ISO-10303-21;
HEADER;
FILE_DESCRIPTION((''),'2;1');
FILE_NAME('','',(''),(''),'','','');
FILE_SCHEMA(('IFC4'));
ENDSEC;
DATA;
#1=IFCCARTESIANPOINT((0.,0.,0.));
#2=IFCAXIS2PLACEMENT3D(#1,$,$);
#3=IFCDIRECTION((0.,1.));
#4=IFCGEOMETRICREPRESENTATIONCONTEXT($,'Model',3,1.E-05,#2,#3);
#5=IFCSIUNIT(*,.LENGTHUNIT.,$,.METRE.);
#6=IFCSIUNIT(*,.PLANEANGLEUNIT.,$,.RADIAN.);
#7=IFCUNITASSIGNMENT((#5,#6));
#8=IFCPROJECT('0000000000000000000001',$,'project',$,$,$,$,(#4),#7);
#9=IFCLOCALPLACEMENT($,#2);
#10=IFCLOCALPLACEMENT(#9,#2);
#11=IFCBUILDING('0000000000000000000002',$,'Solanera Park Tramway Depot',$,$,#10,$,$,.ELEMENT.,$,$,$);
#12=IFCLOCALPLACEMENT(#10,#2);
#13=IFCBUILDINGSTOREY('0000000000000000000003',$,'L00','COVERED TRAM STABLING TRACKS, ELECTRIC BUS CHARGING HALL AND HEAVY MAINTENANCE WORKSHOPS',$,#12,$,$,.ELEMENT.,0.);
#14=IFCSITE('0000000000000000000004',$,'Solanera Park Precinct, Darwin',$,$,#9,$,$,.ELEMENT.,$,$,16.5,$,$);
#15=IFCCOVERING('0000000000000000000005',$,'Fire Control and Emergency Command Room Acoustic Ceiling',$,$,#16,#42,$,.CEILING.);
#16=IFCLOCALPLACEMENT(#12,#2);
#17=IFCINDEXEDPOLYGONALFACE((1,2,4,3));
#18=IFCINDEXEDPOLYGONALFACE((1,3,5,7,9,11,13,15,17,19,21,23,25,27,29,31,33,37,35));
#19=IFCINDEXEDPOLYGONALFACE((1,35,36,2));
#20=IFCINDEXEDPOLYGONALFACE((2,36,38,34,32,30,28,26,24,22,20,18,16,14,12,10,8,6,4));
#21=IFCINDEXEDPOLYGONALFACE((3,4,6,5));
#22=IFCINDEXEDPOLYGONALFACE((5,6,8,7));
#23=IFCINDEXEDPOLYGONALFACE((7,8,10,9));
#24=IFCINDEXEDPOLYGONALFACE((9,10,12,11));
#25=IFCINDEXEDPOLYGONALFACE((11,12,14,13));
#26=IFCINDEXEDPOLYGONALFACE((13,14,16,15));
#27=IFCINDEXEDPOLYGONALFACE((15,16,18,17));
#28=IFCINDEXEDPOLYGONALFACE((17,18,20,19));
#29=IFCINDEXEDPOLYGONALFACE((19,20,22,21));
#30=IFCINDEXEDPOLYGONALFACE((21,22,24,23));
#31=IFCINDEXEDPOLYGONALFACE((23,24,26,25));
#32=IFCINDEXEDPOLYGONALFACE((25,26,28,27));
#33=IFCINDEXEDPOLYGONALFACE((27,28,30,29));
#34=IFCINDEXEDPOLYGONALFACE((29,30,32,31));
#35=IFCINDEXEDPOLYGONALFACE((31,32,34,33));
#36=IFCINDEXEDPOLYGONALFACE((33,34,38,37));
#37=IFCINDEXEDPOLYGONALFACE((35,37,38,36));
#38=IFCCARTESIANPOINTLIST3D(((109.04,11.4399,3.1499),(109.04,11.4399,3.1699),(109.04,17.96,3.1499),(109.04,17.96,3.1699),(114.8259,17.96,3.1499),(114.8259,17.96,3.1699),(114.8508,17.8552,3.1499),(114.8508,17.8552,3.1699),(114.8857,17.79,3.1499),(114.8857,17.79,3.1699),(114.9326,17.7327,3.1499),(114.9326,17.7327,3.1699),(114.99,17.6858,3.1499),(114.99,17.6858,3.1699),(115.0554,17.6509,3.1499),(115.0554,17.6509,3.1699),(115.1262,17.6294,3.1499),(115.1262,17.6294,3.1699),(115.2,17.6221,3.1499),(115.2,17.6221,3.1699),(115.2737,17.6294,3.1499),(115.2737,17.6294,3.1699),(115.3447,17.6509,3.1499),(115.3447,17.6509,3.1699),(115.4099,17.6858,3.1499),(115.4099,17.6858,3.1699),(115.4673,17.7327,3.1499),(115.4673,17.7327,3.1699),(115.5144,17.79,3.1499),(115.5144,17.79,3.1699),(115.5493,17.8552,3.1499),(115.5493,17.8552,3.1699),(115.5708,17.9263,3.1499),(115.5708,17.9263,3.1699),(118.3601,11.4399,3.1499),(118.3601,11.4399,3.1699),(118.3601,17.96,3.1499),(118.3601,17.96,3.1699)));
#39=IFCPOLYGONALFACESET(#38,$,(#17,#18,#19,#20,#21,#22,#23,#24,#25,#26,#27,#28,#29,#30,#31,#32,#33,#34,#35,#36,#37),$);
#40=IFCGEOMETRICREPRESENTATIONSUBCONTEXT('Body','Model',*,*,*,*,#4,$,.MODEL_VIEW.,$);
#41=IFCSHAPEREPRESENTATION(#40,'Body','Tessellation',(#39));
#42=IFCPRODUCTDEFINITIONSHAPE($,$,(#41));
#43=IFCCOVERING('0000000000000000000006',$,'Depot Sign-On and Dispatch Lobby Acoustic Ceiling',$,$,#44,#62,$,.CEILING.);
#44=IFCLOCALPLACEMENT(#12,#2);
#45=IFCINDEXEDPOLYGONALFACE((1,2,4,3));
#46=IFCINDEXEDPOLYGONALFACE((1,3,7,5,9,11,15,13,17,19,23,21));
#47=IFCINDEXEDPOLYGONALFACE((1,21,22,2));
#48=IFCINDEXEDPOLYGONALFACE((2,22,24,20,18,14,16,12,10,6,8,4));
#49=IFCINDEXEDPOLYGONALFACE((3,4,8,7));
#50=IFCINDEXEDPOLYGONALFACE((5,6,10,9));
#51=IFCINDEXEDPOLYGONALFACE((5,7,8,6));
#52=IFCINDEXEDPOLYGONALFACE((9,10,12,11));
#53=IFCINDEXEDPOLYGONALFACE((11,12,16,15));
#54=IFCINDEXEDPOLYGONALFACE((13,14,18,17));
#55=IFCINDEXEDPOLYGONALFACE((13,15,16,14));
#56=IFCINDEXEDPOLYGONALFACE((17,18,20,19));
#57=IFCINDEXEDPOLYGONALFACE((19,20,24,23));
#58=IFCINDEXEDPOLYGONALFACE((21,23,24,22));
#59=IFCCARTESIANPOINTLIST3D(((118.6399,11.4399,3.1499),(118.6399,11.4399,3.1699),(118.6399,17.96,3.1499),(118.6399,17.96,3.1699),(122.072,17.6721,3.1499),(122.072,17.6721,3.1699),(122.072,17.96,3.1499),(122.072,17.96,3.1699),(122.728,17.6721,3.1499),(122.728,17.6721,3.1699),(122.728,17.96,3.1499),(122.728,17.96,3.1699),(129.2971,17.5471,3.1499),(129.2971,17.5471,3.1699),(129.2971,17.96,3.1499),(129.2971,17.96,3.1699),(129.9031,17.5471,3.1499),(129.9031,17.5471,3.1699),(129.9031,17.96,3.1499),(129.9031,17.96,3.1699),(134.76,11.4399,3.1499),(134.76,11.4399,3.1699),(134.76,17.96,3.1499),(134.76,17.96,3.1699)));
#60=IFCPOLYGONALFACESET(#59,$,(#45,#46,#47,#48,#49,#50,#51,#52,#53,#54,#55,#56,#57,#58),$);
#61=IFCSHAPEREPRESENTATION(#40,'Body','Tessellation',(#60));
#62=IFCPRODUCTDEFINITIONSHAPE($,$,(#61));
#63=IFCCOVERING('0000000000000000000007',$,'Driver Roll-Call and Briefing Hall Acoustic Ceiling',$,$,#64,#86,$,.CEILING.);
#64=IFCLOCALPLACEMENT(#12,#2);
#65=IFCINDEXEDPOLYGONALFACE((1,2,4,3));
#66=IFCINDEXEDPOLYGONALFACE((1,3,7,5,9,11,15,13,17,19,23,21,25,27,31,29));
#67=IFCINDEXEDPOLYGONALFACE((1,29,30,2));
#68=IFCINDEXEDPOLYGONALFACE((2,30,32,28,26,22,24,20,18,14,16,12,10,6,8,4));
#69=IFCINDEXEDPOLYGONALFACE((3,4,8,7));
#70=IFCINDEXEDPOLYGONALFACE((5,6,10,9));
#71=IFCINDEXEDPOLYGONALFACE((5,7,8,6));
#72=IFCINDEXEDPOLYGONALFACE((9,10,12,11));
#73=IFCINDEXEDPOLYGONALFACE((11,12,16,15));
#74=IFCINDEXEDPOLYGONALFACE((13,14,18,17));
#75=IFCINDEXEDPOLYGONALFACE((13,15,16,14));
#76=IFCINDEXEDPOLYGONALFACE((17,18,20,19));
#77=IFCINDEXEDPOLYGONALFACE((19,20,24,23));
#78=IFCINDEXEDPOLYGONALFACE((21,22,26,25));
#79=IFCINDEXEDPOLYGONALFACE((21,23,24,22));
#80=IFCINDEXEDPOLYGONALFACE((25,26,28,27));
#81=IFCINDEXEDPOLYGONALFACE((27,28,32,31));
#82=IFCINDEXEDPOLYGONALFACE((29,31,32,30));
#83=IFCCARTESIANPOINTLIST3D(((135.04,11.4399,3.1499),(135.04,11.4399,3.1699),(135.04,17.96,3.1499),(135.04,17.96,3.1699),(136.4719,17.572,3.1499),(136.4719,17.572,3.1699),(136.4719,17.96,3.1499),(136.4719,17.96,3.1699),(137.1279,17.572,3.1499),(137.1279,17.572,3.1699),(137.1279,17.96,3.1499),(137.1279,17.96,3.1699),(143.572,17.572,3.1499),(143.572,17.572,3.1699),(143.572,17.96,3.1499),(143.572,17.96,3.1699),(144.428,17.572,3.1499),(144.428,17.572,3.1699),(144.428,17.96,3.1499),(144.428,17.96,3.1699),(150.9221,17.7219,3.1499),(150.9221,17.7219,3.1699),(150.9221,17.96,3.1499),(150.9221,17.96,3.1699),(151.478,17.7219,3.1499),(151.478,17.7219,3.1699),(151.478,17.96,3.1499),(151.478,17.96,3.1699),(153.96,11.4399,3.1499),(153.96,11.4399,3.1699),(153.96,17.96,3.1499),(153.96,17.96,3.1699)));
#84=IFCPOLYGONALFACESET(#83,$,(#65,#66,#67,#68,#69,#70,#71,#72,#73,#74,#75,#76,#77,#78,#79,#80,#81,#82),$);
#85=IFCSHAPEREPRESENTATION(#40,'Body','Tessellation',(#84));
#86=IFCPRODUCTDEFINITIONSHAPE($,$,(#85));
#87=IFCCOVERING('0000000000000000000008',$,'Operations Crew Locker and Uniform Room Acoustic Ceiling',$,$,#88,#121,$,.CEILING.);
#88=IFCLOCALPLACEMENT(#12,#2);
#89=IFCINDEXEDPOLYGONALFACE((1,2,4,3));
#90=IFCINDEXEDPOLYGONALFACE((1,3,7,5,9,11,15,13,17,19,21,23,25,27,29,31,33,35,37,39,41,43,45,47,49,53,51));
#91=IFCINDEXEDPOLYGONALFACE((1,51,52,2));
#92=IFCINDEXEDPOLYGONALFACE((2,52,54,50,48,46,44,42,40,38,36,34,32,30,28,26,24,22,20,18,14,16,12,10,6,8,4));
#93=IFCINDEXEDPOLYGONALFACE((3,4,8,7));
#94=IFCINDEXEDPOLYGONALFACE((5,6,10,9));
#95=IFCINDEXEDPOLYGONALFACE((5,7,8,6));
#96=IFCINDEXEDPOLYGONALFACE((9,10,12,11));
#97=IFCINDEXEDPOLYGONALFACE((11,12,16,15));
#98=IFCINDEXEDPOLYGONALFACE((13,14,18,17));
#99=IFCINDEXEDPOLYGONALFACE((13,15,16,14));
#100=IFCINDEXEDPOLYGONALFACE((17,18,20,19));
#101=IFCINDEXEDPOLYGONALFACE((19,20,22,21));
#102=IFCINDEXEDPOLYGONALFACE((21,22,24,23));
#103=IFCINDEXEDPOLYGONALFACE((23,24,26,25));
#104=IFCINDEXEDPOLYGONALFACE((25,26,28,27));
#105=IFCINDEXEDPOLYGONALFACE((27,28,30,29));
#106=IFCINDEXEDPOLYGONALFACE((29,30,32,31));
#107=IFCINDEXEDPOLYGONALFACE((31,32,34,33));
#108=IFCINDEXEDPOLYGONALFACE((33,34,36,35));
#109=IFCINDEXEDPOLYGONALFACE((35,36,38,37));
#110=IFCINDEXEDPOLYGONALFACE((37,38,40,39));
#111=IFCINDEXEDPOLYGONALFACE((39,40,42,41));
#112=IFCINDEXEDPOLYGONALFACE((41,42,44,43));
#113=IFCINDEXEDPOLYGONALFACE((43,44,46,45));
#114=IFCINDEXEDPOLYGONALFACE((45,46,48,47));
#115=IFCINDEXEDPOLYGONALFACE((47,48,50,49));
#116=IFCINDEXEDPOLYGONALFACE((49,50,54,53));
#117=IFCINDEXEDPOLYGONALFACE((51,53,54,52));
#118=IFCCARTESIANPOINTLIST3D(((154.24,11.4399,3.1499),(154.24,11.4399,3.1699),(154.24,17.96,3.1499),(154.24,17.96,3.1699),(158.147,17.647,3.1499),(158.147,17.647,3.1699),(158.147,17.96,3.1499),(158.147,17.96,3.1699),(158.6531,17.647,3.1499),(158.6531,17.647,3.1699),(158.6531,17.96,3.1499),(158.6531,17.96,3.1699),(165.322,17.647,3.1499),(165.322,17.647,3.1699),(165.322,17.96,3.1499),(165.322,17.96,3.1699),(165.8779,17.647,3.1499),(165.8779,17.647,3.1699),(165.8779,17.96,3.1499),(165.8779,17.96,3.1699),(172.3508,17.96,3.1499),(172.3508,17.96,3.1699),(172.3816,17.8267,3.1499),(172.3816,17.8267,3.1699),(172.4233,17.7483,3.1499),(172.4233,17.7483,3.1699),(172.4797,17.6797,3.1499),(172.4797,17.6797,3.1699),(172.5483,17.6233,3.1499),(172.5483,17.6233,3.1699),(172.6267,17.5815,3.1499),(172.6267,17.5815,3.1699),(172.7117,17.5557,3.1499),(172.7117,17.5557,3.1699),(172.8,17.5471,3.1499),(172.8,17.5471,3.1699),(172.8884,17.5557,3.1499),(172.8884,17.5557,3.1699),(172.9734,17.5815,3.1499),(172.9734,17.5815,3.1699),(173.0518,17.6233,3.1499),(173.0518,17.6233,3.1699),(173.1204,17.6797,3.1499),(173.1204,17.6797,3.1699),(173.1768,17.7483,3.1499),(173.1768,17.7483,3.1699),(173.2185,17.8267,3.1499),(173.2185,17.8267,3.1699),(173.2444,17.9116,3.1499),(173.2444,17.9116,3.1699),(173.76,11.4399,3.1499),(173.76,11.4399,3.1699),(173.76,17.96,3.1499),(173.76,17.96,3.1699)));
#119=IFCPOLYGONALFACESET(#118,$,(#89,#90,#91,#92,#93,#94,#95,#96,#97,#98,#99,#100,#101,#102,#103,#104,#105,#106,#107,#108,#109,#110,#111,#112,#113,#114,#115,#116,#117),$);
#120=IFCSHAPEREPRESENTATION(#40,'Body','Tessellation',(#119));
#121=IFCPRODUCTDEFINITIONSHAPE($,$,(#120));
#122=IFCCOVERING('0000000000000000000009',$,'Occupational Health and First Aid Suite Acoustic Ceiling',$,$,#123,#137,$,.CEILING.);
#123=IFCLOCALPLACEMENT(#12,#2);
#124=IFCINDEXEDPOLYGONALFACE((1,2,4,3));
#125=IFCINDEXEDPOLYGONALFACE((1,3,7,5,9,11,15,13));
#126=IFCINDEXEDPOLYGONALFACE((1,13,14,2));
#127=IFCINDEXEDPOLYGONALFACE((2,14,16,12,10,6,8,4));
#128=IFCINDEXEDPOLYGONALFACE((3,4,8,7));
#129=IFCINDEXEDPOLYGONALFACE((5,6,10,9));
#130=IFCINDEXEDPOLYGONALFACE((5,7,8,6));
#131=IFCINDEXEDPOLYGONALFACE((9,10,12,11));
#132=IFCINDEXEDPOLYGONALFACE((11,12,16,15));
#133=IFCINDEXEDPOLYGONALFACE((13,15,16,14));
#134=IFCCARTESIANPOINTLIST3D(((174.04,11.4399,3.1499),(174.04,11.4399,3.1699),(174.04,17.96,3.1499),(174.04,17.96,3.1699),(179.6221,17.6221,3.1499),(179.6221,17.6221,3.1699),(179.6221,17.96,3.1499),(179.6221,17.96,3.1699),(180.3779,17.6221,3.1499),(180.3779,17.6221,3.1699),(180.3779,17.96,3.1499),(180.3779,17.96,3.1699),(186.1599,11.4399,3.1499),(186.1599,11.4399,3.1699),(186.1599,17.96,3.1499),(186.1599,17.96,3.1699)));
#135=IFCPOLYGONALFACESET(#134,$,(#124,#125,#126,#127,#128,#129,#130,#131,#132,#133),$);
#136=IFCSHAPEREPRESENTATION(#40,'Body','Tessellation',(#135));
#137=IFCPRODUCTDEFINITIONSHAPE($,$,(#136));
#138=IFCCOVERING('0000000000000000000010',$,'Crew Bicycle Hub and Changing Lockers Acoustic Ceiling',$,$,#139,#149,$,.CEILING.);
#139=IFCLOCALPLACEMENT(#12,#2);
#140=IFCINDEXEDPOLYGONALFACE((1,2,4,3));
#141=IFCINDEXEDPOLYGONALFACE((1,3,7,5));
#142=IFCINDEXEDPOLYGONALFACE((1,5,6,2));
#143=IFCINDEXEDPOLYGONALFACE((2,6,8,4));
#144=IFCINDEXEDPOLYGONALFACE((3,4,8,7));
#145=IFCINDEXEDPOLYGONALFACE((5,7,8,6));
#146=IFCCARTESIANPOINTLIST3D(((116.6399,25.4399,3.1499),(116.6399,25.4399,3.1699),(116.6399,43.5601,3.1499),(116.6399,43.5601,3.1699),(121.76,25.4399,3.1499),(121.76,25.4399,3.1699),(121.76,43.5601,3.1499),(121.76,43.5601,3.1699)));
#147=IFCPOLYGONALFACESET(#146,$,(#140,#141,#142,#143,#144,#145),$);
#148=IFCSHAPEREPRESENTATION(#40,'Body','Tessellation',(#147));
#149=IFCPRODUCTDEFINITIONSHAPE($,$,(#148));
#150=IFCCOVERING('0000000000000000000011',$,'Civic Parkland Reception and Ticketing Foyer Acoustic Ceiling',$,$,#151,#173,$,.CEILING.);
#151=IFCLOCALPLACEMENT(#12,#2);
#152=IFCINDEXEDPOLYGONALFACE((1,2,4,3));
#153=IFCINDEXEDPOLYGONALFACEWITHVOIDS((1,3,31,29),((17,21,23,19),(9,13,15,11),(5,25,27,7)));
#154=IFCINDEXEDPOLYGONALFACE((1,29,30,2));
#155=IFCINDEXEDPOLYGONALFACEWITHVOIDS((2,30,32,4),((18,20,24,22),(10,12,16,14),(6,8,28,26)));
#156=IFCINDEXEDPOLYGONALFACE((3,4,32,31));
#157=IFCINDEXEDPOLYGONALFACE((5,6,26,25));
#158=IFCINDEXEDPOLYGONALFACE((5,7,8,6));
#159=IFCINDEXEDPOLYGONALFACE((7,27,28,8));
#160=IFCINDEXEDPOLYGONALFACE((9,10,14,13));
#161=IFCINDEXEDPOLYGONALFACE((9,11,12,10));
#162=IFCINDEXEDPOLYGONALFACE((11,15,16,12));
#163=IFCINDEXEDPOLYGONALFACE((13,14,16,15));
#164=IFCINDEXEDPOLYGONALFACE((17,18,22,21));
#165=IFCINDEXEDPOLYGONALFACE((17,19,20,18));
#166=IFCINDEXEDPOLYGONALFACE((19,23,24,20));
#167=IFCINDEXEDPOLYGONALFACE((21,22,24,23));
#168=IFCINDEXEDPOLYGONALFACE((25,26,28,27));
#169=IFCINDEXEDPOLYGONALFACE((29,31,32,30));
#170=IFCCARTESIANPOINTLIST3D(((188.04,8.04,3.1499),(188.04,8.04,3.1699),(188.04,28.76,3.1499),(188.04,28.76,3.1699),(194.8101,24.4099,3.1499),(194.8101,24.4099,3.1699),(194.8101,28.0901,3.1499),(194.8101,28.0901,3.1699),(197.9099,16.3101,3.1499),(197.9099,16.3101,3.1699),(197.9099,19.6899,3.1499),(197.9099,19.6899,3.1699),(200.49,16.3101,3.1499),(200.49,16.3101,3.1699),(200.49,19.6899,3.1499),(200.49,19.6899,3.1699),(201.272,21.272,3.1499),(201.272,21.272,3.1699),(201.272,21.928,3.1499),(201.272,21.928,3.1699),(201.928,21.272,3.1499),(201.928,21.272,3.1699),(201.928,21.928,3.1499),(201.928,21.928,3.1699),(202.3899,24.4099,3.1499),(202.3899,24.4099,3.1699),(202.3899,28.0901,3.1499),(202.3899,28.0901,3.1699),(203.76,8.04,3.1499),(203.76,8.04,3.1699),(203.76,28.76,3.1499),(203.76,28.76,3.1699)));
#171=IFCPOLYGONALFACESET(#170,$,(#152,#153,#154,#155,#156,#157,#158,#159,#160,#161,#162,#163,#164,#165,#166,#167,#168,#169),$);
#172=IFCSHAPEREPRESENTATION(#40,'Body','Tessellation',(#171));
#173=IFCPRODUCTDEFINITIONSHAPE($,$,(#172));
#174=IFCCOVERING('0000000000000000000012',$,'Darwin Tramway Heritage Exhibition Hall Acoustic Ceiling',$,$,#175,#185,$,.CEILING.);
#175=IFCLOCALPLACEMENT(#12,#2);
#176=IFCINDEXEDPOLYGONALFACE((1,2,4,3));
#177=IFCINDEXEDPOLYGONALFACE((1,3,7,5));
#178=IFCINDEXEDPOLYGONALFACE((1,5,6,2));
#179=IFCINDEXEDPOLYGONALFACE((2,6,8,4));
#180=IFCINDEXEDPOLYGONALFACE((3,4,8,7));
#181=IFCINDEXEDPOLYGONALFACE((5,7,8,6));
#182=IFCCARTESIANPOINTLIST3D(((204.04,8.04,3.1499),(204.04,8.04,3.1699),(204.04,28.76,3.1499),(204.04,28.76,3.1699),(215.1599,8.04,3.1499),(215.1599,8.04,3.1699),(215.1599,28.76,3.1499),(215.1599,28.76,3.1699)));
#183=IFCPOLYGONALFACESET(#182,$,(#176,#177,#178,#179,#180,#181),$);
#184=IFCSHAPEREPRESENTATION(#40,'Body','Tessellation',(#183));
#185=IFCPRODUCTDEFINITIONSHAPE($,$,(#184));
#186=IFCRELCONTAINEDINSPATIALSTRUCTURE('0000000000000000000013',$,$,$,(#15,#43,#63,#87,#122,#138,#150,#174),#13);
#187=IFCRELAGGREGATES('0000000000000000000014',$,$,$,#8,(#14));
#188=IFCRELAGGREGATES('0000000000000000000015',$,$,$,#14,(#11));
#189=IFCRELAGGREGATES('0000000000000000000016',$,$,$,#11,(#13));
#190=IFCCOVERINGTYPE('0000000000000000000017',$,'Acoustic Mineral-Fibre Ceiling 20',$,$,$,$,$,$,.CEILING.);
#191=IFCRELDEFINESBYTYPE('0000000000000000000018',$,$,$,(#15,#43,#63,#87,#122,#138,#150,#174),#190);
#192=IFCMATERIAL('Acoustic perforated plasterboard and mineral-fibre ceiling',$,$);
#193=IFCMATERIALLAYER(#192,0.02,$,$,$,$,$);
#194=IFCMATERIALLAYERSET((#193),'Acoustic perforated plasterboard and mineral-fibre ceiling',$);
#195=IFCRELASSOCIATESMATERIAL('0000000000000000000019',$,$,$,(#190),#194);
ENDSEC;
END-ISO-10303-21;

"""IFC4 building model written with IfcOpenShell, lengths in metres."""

from ifc_helpers import new_model, si_unit, direction, frame, origin, place, context, subcontext, project, spatial, polyline, outline, extrude, material, layer, layer_set, type_object, element, save


model = new_model("IFC4")

# Units and contexts
model_context = context("Model", 3, precision=1e-05, world=origin(), true_north=direction((0.0, 1.0)))
body_context = subcontext(model_context, "Body", "Model", "MODEL_VIEW")
ifc_project = project(units=[si_unit("LENGTHUNIT", "METRE"), si_unit("PLANEANGLEUNIT", "RADIAN")], contexts=[model_context])

# Site, building, storey
site_placement = place(None, origin())
site = spatial("IfcSite", under=ifc_project, at=site_placement, Name="Solanera Park Precinct, Darwin", CompositionType="ELEMENT", RefElevation=16.5)
building_placement = place(site_placement, origin())
building = spatial("IfcBuilding", under=site, at=building_placement, Name="Solanera Park Tramway Depot", CompositionType="ELEMENT")
storey_placement = place(building_placement, origin())
storey = spatial("IfcBuildingStorey", under=building, at=storey_placement, Name="L00", Description="COVERED TRAM STABLING TRACKS, ELECTRIC BUS CHARGING HALL AND HEAVY MAINTENANCE WORKSHOPS", CompositionType="ELEMENT", Elevation=0.0)

# Coverings
ifc_material_1 = material(Name="Acoustic perforated plasterboard and mineral-fibre ceiling")
ifc_layer_1 = layer(ifc_material_1, 0.02)
ifc_layer_set_1 = layer_set([ifc_layer_1], Name="Acoustic perforated plasterboard and mineral-fibre ceiling")
covering_type_1 = type_object("IfcCoveringType", Name="Acoustic Mineral-Fibre Ceiling 20", PredefinedType="CEILING", material=ifc_layer_set_1)
covering_1_placement = place(storey_placement, frame((0.0, 0.0, 3.1499)))
element("IfcCovering", 1, at=covering_1_placement, inside=storey, type_object=covering_type_1, Name="Fire Control and Emergency Command Room Acoustic Ceiling", PredefinedType="CEILING", context=body_context, shape_type="SweptSolid", body=[
    extrude(outline(polyline([(109.04, 11.4399), (109.04, 17.96), (114.8259, 17.96), (114.8508, 17.8552), (114.8857, 17.79), (114.9326, 17.7327), (114.99, 17.6858), (115.0554, 17.6509), (115.1262, 17.6294), (115.2, 17.6221), (115.2737, 17.6294), (115.3447, 17.6509), (115.4099, 17.6858), (115.4673, 17.7327), (115.5144, 17.79), (115.5493, 17.8552), (115.5708, 17.9263), (118.3601, 17.96), (118.3601, 11.4399), (109.04, 11.4399)])), origin(), (0.0, 0.0, 1.0), 0.02),
])
covering_2_placement = place(storey_placement, frame((0.0, 0.0, 3.1499)))
element("IfcCovering", 2, at=covering_2_placement, inside=storey, type_object=covering_type_1, Name="Depot Sign-On and Dispatch Lobby Acoustic Ceiling", PredefinedType="CEILING", context=body_context, shape_type="SweptSolid", body=[
    extrude(outline(polyline([(118.6399, 17.96), (122.072, 17.96), (122.072, 17.6721), (122.728, 17.6721), (122.728, 17.96), (129.2971, 17.96), (129.2971, 17.5471), (129.9031, 17.5471), (129.9031, 17.96), (134.76, 17.96), (134.76, 11.4399), (118.6399, 11.4399), (118.6399, 17.96)])), origin(), (0.0, 0.0, 1.0), 0.02),
])
covering_3_placement = place(storey_placement, frame((0.0, 0.0, 3.1499)))
element("IfcCovering", 3, at=covering_3_placement, inside=storey, type_object=covering_type_1, Name="Driver Roll-Call and Briefing Hall Acoustic Ceiling", PredefinedType="CEILING", context=body_context, shape_type="SweptSolid", body=[
    extrude(outline(polyline([(136.4719, 17.96), (136.4719, 17.572), (137.1279, 17.572), (137.1279, 17.96), (143.572, 17.96), (143.572, 17.572), (144.428, 17.572), (144.428, 17.96), (150.9221, 17.96), (150.9221, 17.7219), (151.478, 17.7219), (151.478, 17.96), (153.96, 17.96), (153.96, 11.4399), (135.04, 11.4399), (135.04, 17.96), (136.4719, 17.96)])), origin(), (0.0, 0.0, 1.0), 0.02),
])
covering_4_placement = place(storey_placement, frame((0.0, 0.0, 3.1499)))
element("IfcCovering", 4, at=covering_4_placement, inside=storey, type_object=covering_type_1, Name="Operations Crew Locker and Uniform Room Acoustic Ceiling", PredefinedType="CEILING", context=body_context, shape_type="SweptSolid", body=[
    extrude(outline(polyline([(158.147, 17.96), (158.147, 17.647), (158.6531, 17.647), (158.6531, 17.96), (165.322, 17.96), (165.322, 17.647), (165.8779, 17.647), (165.8779, 17.96), (172.3508, 17.96), (172.3816, 17.8267), (172.4233, 17.7483), (172.4797, 17.6797), (172.5483, 17.6233), (172.6267, 17.5815), (172.7117, 17.5557), (172.8, 17.5471), (172.8884, 17.5557), (172.9734, 17.5815), (173.0518, 17.6233), (173.1204, 17.6797), (173.1768, 17.7483), (173.2185, 17.8267), (173.2444, 17.9116), (173.76, 17.96), (173.76, 11.4399), (154.24, 11.4399), (154.24, 17.96), (158.147, 17.96)])), origin(), (0.0, 0.0, 1.0), 0.02),
])
covering_5_placement = place(storey_placement, frame((0.0, 0.0, 3.1499)))
element("IfcCovering", 5, at=covering_5_placement, inside=storey, type_object=covering_type_1, Name="Occupational Health and First Aid Suite Acoustic Ceiling", PredefinedType="CEILING", context=body_context, shape_type="SweptSolid", body=[
    extrude(outline(polyline([(174.04, 11.4399), (174.04, 17.96), (179.6221, 17.96), (179.6221, 17.6221), (180.3779, 17.6221), (180.3779, 17.96), (186.1599, 17.96), (186.1599, 11.4399), (174.04, 11.4399)])), origin(), (0.0, 0.0, 1.0), 0.02),
])
covering_6_placement = place(storey_placement, frame((0.0, 0.0, 3.1499)))
element("IfcCovering", 6, at=covering_6_placement, inside=storey, type_object=covering_type_1, Name="Crew Bicycle Hub and Changing Lockers Acoustic Ceiling", PredefinedType="CEILING", context=body_context, shape_type="SweptSolid", body=[
    extrude(outline(polyline([(121.76, 25.4399), (116.6399, 25.4399), (116.6399, 43.5601), (121.76, 43.5601), (121.76, 25.4399)])), origin(), (0.0, 0.0, 1.0), 0.02),
])
covering_7_placement = place(storey_placement, frame((0.0, 0.0, 3.1499)))
element("IfcCovering", 7, at=covering_7_placement, inside=storey, type_object=covering_type_1, Name="Civic Parkland Reception and Ticketing Foyer Acoustic Ceiling", PredefinedType="CEILING", context=body_context, shape_type="SweptSolid", body=[
    extrude(outline(polyline([(203.76, 28.76), (203.76, 8.04), (188.04, 8.04), (188.04, 28.76), (203.76, 28.76)]), holes=[polyline([(194.8101, 24.4099), (202.3899, 24.4099), (202.3899, 28.0901), (194.8101, 28.0901), (194.8101, 24.4099)]), polyline([(197.9099, 19.6899), (197.9099, 16.3101), (200.49, 16.3101), (200.49, 19.6899), (197.9099, 19.6899)]), polyline([(201.928, 21.272), (201.928, 21.928), (201.272, 21.928), (201.272, 21.272), (201.928, 21.272)])]), origin(), (0.0, 0.0, 1.0), 0.02),
])
covering_8_placement = place(storey_placement, frame((0.0, 0.0, 3.1499)))
element("IfcCovering", 8, at=covering_8_placement, inside=storey, type_object=covering_type_1, Name="Darwin Tramway Heritage Exhibition Hall Acoustic Ceiling", PredefinedType="CEILING", context=body_context, shape_type="SweptSolid", body=[
    extrude(outline(polyline([(215.1599, 8.04), (204.04, 8.04), (204.04, 28.76), (215.1599, 28.76), (215.1599, 8.04)])), origin(), (0.0, 0.0, 1.0), 0.02),
])

save(model, "model.ifc")
